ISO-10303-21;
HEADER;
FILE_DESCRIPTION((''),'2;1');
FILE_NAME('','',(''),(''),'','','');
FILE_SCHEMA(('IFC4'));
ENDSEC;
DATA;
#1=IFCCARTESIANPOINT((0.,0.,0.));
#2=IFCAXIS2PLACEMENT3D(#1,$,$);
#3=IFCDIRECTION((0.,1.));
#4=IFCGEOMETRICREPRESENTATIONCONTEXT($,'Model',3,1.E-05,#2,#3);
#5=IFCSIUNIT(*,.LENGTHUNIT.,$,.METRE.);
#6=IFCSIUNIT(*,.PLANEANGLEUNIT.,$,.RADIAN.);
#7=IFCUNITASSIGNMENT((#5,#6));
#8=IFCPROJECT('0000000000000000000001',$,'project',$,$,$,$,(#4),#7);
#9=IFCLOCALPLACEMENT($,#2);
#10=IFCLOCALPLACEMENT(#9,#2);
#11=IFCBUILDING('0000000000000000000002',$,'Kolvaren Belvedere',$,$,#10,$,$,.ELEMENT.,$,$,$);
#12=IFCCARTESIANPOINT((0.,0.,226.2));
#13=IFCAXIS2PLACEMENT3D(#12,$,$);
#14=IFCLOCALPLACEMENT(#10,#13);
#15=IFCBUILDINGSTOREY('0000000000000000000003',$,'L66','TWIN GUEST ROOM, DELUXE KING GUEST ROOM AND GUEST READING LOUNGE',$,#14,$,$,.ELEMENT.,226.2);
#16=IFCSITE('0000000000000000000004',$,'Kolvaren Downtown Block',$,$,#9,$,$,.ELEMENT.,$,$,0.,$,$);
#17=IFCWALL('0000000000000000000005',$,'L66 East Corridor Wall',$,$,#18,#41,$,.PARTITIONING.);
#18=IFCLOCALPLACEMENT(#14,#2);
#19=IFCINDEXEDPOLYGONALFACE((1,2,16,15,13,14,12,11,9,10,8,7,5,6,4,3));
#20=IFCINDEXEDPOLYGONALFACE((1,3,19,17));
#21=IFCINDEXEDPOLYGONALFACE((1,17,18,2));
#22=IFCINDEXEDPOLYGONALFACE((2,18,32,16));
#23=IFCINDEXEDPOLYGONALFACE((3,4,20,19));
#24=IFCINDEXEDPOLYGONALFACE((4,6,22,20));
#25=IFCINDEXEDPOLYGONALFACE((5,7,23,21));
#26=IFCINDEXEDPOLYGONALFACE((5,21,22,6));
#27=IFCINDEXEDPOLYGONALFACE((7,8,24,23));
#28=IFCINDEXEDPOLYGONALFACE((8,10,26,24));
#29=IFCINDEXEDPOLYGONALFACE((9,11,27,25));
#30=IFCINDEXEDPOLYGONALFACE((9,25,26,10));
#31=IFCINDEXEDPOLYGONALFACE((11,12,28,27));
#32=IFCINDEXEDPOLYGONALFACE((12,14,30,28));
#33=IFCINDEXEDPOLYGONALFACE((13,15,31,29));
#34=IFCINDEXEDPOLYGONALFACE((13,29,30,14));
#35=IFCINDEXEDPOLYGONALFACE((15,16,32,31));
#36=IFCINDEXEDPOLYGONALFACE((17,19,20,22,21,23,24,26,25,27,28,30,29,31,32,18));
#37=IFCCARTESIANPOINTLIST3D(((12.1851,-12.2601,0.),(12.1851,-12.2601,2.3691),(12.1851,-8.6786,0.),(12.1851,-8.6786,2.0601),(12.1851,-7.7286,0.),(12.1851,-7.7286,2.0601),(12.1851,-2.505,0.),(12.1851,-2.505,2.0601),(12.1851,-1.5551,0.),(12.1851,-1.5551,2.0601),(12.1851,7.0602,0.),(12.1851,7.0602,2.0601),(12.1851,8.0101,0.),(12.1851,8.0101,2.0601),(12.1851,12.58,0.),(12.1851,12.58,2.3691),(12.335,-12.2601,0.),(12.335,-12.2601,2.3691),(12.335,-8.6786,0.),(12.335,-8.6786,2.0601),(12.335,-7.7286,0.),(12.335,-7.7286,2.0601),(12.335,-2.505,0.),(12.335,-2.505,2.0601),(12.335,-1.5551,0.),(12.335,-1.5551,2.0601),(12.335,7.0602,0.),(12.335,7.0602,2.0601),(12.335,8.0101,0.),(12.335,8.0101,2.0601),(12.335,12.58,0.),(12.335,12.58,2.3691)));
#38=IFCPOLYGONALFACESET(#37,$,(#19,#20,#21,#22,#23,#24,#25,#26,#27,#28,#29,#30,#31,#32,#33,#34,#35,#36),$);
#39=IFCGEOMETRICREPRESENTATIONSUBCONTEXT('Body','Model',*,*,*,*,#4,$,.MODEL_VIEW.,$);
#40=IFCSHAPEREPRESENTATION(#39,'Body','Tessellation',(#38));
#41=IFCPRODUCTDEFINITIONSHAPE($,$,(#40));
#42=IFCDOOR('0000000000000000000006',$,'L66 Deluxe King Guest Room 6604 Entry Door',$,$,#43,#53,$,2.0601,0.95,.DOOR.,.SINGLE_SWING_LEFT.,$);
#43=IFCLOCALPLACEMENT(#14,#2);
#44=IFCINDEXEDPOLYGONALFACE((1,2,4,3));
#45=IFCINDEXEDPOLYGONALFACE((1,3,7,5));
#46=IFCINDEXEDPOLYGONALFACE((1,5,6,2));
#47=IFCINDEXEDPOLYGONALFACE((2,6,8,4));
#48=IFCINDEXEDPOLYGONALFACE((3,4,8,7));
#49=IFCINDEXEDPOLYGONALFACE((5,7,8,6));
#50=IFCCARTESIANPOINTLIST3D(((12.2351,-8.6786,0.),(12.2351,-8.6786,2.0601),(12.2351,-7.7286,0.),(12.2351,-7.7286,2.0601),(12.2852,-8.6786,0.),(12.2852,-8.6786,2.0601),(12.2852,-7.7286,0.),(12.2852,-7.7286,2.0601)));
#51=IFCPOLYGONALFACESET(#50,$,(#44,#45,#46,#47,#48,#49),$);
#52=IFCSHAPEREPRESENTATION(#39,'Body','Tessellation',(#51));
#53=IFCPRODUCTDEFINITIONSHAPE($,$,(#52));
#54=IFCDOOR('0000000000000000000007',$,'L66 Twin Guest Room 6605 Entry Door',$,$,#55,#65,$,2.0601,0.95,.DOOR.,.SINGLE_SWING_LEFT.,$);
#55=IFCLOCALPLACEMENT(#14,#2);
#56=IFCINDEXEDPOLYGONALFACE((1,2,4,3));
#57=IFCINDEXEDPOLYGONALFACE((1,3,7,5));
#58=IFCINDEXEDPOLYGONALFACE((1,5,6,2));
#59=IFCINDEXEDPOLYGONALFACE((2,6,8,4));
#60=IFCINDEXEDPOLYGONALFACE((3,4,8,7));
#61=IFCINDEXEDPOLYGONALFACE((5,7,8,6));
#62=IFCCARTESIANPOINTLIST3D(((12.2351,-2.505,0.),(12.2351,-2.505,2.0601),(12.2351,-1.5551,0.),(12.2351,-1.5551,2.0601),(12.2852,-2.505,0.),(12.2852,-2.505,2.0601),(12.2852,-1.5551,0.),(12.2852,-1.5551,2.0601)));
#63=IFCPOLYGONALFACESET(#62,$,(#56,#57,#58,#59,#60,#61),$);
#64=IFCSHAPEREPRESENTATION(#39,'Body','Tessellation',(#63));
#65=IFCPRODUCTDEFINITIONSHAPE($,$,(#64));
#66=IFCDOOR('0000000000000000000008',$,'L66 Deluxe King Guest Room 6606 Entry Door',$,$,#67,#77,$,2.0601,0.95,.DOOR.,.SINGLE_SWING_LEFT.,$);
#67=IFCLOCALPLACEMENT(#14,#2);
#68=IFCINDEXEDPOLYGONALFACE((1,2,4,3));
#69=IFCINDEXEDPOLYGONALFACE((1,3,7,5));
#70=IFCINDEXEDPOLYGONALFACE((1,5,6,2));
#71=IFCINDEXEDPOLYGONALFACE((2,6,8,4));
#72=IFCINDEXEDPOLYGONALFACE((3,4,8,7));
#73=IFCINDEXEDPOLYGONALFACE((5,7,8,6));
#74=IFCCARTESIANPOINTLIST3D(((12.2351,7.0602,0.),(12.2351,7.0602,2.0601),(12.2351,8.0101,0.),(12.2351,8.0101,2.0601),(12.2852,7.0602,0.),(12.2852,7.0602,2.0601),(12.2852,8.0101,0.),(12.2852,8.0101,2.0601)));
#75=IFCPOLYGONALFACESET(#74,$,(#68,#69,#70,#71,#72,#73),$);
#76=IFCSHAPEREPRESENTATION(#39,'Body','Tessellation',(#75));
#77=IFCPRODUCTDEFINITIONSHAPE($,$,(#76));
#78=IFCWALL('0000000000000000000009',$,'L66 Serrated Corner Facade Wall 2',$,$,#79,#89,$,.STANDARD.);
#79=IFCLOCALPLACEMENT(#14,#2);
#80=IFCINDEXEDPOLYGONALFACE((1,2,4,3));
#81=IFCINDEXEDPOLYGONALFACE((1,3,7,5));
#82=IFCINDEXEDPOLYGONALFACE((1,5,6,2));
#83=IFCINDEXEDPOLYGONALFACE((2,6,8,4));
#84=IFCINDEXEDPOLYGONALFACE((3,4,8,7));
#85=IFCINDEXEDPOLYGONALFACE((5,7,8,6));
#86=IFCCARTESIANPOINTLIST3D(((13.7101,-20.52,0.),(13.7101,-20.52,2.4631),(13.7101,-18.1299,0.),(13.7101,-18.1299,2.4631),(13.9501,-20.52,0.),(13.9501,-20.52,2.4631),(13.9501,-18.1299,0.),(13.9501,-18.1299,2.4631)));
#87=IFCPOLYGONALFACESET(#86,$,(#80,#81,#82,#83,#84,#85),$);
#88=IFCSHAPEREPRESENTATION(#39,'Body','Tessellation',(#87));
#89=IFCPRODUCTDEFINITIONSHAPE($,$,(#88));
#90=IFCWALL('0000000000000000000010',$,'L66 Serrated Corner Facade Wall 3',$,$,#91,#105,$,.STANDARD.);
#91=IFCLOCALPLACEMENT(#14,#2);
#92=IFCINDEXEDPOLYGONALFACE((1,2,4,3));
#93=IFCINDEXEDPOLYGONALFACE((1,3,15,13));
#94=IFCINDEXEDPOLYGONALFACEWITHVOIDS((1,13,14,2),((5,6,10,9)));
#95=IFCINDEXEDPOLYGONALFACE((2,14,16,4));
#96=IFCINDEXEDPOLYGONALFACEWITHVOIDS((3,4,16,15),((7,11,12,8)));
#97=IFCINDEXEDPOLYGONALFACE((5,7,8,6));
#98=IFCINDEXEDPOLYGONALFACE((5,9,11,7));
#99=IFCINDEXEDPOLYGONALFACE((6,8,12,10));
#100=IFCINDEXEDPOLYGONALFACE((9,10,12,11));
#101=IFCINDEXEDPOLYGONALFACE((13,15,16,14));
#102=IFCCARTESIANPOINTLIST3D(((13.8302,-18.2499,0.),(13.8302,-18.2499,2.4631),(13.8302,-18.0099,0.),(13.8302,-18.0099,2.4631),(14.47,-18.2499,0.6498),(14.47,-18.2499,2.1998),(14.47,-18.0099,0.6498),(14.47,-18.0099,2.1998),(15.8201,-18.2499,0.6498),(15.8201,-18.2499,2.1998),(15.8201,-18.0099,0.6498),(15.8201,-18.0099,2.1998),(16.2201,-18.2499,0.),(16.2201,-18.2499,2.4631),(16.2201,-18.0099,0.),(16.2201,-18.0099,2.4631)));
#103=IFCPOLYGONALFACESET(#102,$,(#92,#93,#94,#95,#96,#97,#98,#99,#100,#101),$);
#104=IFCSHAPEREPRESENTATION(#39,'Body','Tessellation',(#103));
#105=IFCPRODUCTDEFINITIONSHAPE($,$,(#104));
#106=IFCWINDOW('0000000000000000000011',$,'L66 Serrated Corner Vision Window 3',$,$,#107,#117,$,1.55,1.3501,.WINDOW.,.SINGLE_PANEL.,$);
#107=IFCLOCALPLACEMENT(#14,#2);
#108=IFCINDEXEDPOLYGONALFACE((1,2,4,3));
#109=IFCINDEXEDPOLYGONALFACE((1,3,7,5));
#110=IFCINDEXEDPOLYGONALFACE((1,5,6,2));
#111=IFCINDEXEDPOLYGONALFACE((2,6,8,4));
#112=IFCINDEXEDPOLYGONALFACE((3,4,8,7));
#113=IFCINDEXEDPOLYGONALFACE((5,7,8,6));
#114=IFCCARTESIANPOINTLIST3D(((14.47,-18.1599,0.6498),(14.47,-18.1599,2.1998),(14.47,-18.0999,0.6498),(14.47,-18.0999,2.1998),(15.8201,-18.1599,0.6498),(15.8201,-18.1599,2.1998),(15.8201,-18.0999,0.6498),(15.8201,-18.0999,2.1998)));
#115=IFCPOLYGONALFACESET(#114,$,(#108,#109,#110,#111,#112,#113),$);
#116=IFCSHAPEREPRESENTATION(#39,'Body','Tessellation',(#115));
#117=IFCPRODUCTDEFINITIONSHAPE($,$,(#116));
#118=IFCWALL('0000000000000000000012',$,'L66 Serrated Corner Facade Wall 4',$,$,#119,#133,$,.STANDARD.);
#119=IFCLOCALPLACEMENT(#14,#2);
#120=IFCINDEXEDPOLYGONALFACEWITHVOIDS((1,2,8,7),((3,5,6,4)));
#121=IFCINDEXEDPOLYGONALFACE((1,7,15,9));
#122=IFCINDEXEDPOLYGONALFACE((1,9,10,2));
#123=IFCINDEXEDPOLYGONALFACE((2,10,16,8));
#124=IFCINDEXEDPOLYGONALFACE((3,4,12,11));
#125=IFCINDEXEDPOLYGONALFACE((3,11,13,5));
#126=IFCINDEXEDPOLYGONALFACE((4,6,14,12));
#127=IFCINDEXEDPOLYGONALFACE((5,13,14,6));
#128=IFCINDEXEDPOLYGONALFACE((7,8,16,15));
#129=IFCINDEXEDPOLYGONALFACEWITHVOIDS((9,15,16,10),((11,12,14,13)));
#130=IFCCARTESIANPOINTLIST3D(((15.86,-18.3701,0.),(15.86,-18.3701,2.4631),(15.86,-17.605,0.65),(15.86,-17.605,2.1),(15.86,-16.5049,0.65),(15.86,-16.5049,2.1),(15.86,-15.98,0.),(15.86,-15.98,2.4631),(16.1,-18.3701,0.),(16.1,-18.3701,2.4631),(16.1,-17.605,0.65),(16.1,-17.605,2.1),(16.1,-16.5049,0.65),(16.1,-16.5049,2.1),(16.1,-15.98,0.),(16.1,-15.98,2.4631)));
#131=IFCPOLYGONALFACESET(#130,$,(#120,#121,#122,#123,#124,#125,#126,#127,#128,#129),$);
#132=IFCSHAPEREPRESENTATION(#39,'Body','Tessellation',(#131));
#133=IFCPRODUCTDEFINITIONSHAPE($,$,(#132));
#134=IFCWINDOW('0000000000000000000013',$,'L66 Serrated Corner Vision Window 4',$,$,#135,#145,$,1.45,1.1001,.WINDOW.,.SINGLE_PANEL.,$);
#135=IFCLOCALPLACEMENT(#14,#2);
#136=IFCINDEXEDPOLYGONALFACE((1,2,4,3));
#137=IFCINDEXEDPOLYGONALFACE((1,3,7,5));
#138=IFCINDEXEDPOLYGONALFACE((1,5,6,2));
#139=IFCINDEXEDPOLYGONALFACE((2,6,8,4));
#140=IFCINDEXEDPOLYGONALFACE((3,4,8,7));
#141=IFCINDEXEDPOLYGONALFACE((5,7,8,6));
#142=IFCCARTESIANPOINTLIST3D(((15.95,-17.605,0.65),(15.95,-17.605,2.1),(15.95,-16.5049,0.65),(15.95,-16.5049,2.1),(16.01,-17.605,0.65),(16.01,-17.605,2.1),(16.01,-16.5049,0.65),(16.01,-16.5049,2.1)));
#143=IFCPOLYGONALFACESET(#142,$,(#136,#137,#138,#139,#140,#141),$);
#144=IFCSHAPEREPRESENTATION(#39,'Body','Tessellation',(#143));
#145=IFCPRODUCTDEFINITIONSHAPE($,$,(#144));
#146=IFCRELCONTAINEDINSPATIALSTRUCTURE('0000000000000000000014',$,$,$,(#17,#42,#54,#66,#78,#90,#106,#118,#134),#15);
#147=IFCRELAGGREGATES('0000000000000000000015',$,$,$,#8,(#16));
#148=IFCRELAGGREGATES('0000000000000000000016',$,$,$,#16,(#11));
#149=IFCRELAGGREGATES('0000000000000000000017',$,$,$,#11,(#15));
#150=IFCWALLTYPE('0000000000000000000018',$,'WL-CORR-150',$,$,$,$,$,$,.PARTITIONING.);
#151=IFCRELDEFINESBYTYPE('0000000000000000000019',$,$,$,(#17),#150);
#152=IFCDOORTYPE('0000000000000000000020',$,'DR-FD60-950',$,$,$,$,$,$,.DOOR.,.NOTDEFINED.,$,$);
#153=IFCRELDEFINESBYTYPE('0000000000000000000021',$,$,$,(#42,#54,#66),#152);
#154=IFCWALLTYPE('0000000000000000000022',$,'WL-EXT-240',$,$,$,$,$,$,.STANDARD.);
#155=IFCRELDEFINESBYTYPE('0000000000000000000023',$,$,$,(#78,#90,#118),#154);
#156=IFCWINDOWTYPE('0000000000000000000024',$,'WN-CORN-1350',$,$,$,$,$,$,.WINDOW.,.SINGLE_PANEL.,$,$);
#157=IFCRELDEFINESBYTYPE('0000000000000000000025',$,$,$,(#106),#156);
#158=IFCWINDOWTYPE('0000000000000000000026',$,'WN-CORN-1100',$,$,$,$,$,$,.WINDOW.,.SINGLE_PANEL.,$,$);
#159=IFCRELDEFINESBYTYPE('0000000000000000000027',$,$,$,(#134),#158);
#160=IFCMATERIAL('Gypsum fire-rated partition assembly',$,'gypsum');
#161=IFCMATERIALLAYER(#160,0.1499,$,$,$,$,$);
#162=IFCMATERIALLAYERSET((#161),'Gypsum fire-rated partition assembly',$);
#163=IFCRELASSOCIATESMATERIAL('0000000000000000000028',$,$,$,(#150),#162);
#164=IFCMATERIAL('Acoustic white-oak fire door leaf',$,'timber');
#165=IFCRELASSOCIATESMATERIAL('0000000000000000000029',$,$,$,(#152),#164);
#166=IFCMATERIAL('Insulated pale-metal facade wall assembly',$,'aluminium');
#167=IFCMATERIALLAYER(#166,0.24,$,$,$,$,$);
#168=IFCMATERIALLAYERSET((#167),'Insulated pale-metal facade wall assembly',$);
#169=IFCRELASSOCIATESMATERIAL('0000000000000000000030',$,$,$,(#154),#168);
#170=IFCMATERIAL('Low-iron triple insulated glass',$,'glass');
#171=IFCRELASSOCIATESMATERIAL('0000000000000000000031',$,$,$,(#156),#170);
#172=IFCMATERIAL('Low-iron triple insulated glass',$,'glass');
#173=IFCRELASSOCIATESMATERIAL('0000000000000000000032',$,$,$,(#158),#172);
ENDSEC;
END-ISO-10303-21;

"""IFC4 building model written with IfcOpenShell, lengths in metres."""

from ifc_helpers import new_model, si_unit, direction, frame, frame_2d, origin, place, context, subcontext, project, spatial, rectangle, extrude, material, layer, layer_set, type_object, element, fill, save


model = new_model("IFC4")

# Units and contexts
model_context = context("Model", 3, precision=1e-05, world=origin(), true_north=direction((0.0, 1.0)))
body_context = subcontext(model_context, "Body", "Model", "MODEL_VIEW")
ifc_project = project(units=[si_unit("LENGTHUNIT", "METRE"), si_unit("PLANEANGLEUNIT", "RADIAN")], contexts=[model_context])

# Site, building, storey
site_placement = place(None, origin())
site = spatial("IfcSite", under=ifc_project, at=site_placement, Name="Kolvaren Downtown Block", CompositionType="ELEMENT", RefElevation=0.0)
building_placement = place(site_placement, origin())
building = spatial("IfcBuilding", under=site, at=building_placement, Name="Kolvaren Belvedere", CompositionType="ELEMENT")
storey_placement = place(building_placement, frame((0.0, 0.0, 226.2)))
storey = spatial("IfcBuildingStorey", under=building, at=storey_placement, Name="L66", Description="TWIN GUEST ROOM, DELUXE KING GUEST ROOM AND GUEST READING LOUNGE", CompositionType="ELEMENT", Elevation=226.2)

# Wall, openings, doors
ifc_material_1 = material(Name="Gypsum fire-rated partition assembly", Category="gypsum")
ifc_layer_1 = layer(ifc_material_1, 0.1499)
ifc_layer_set_1 = layer_set([ifc_layer_1], Name="Gypsum fire-rated partition assembly")
wall_type_1 = type_object("IfcWallType", Name="WL-CORR-150", PredefinedType="PARTITIONING", material=ifc_layer_set_1)
wall_1_placement = place(storey_placement, frame((12.26, -12.26, 0.0), z_axis=(0.0, 0.0, 1.0), x_axis=(0.0, 1.0, 0.0)))
wall_1 = element("IfcWall", 1, at=wall_1_placement, inside=storey, type_object=wall_type_1, Name="L66 East Corridor Wall", PredefinedType="PARTITIONING", context=body_context, shape_type="SweptSolid", body=[
    extrude(rectangle(XDim=24.8401, YDim=0.1499, at=frame_2d((12.4199, 0.0))), origin(), (0.0, 0.0, 1.0), 2.3691),
])
opening_1_placement = place(wall_1_placement, frame((3.5813, 0.0, 0.0)))
opening_1 = element("IfcOpeningElement", 2, at=opening_1_placement, cuts=wall_1, PredefinedType="OPENING", context=body_context, shape_type="SweptSolid", body=[
    extrude(rectangle(XDim=0.95, YDim=2.0601, at=frame_2d((0.4751, 1.03))), frame((0.0, 0.085, 0.0), z_axis=(0.0, -1.0, 0.0), x_axis=(1.0, 0.0, 0.0)), (0.0, 0.0, 1.0), 0.1699),
])
opening_2_placement = place(wall_1_placement, frame((9.7549, 0.0, 0.0)))
opening_2 = element("IfcOpeningElement", 3, at=opening_2_placement, cuts=wall_1, PredefinedType="OPENING", context=body_context, shape_type="SweptSolid", body=[
    extrude(rectangle(XDim=0.95, YDim=2.0601, at=frame_2d((0.4751, 1.03))), frame((0.0, 0.085, 0.0), z_axis=(0.0, -1.0, 0.0), x_axis=(1.0, 0.0, 0.0)), (0.0, 0.0, 1.0), 0.1699),
])
opening_3_placement = place(wall_1_placement, frame((19.3201, 0.0, 0.0)))
opening_3 = element("IfcOpeningElement", 4, at=opening_3_placement, cuts=wall_1, PredefinedType="OPENING", context=body_context, shape_type="SweptSolid", body=[
    extrude(rectangle(XDim=0.95, YDim=2.0601, at=frame_2d((0.4751, 1.03))), frame((0.0, 0.085, 0.0), z_axis=(0.0, -1.0, 0.0), x_axis=(1.0, 0.0, 0.0)), (0.0, 0.0, 1.0), 0.1699),
])
ifc_material_2 = material(Name="Acoustic white-oak fire door leaf", Category="timber")
door_type = type_object("IfcDoorType", Name="DR-FD60-950", OperationType="NOTDEFINED", PredefinedType="DOOR", material=ifc_material_2)
door_1_placement = place(opening_1_placement, origin())
door_1 = element("IfcDoor", 5, at=door_1_placement, inside=storey, type_object=door_type, Name="L66 Deluxe King Guest Room 6604 Entry Door", OperationType="SINGLE_SWING_LEFT", OverallHeight=2.0601, OverallWidth=0.95, PredefinedType="DOOR", context=body_context, shape_type="SweptSolid", body=[
    extrude(rectangle(XDim=0.95, YDim=2.0601, at=frame_2d((0.4751, 1.03))), frame((0.0, 0.0249, 0.0), z_axis=(0.0, -1.0, 0.0), x_axis=(1.0, 0.0, 0.0)), (0.0, 0.0, 1.0), 0.05),
])
fill(opening_1, door_1)
door_2_placement = place(opening_2_placement, origin())
door_2 = element("IfcDoor", 6, at=door_2_placement, inside=storey, type_object=door_type, Name="L66 Twin Guest Room 6605 Entry Door", OperationType="SINGLE_SWING_LEFT", OverallHeight=2.0601, OverallWidth=0.95, PredefinedType="DOOR", context=body_context, shape_type="SweptSolid", body=[
    extrude(rectangle(XDim=0.95, YDim=2.0601, at=frame_2d((0.4751, 1.03))), frame((0.0, 0.0249, 0.0), z_axis=(0.0, -1.0, 0.0), x_axis=(1.0, 0.0, 0.0)), (0.0, 0.0, 1.0), 0.05),
])
fill(opening_2, door_2)
door_3_placement = place(opening_3_placement, origin())
door_3 = element("IfcDoor", 7, at=door_3_placement, inside=storey, type_object=door_type, Name="L66 Deluxe King Guest Room 6606 Entry Door", OperationType="SINGLE_SWING_LEFT", OverallHeight=2.0601, OverallWidth=0.95, PredefinedType="DOOR", context=body_context, shape_type="SweptSolid", body=[
    extrude(rectangle(XDim=0.95, YDim=2.0601, at=frame_2d((0.4751, 1.03))), frame((0.0, 0.0249, 0.0), z_axis=(0.0, -1.0, 0.0), x_axis=(1.0, 0.0, 0.0)), (0.0, 0.0, 1.0), 0.05),
])
fill(opening_3, door_3)

# Wall
ifc_material_3 = material(Name="Insulated pale-metal facade wall assembly", Category="aluminium")
ifc_layer_2 = layer(ifc_material_3, 0.24)
ifc_layer_set_2 = layer_set([ifc_layer_2], Name="Insulated pale-metal facade wall assembly")
wall_type_2 = type_object("IfcWallType", Name="WL-EXT-240", PredefinedType="STANDARD", material=ifc_layer_set_2)
wall_2_placement = place(storey_placement, frame((13.8301, -18.1299, 0.0), z_axis=(0.0, 0.0, 1.0), x_axis=(0.0, -1.0, 0.0)))
element("IfcWall", 8, at=wall_2_placement, inside=storey, type_object=wall_type_2, Name="L66 Serrated Corner Facade Wall 2", PredefinedType="STANDARD", context=body_context, shape_type="SweptSolid", body=[
    extrude(rectangle(XDim=2.3901, YDim=0.24, at=frame_2d((1.1951, 0.0))), origin(), (0.0, 0.0, 1.0), 2.4631),
])

# Walls, openings, windows
wall_3_placement = place(storey_placement, frame((16.22, -18.1299, 0.0), z_axis=(0.0, 0.0, 1.0), x_axis=(-1.0, 0.0, 0.0)))
wall_3 = element("IfcWall", 9, at=wall_3_placement, inside=storey, type_object=wall_type_2, Name="L66 Serrated Corner Facade Wall 3", PredefinedType="STANDARD", context=body_context, shape_type="SweptSolid", body=[
    extrude(rectangle(XDim=2.3899, YDim=0.24, at=frame_2d((1.1948, 0.0))), origin(), (0.0, 0.0, 1.0), 2.4631),
])
opening_4_placement = place(wall_3_placement, frame((0.3999, 0.0, 0.6499)))
opening_4 = element("IfcOpeningElement", 10, at=opening_4_placement, cuts=wall_3, PredefinedType="OPENING", context=body_context, shape_type="SweptSolid", body=[
    extrude(rectangle(XDim=1.3501, YDim=1.55, at=frame_2d((0.675, 0.7749))), frame((0.0, 0.1299, 0.0), z_axis=(0.0, -1.0, 0.0), x_axis=(1.0, 0.0, 0.0)), (0.0, 0.0, 1.0), 0.26),
])
ifc_material_4 = material(Name="Low-iron triple insulated glass", Category="glass")
window_type_1 = type_object("IfcWindowType", Name="WN-CORN-1350", PartitioningType="SINGLE_PANEL", PredefinedType="WINDOW", material=ifc_material_4)
window_1_placement = place(opening_4_placement, origin())
window_1 = element("IfcWindow", 11, at=window_1_placement, inside=storey, type_object=window_type_1, Name="L66 Serrated Corner Vision Window 3", OverallHeight=1.55, OverallWidth=1.3501, PartitioningType="SINGLE_PANEL", PredefinedType="WINDOW", context=body_context, shape_type="SweptSolid", body=[
    extrude(rectangle(XDim=1.3501, YDim=1.55, at=frame_2d((0.675, 0.7749))), frame((0.0, 0.03, 0.0), z_axis=(0.0, -1.0, 0.0), x_axis=(1.0, 0.0, 0.0)), (0.0, 0.0, 1.0), 0.0601),
])
fill(opening_4, window_1)
wall_4_placement = place(storey_placement, frame((15.98, -15.98, 0.0), z_axis=(0.0, 0.0, 1.0), x_axis=(0.0, -1.0, 0.0)))
wall_4 = element("IfcWall", 12, at=wall_4_placement, inside=storey, type_object=wall_type_2, Name="L66 Serrated Corner Facade Wall 4", PredefinedType="STANDARD", context=body_context, shape_type="SweptSolid", body=[
    extrude(rectangle(XDim=2.3901, YDim=0.24, at=frame_2d((1.1951, 0.0))), origin(), (0.0, 0.0, 1.0), 2.4631),
])
opening_5_placement = place(wall_4_placement, frame((0.5249, 0.0, 0.6499)))
opening_5 = element("IfcOpeningElement", 13, at=opening_5_placement, cuts=wall_4, PredefinedType="OPENING", context=body_context, shape_type="SweptSolid", body=[
    extrude(rectangle(XDim=1.1001, YDim=1.45, at=frame_2d((0.55, 0.7251))), frame((0.0, 0.1299, 0.0), z_axis=(0.0, -1.0, 0.0), x_axis=(1.0, 0.0, 0.0)), (0.0, 0.0, 1.0), 0.26),
])
ifc_material_5 = material(Name="Low-iron triple insulated glass", Category="glass")
window_type_2 = type_object("IfcWindowType", Name="WN-CORN-1100", PartitioningType="SINGLE_PANEL", PredefinedType="WINDOW", material=ifc_material_5)
window_2_placement = place(opening_5_placement, origin())
window_2 = element("IfcWindow", 14, at=window_2_placement, inside=storey, type_object=window_type_2, Name="L66 Serrated Corner Vision Window 4", OverallHeight=1.45, OverallWidth=1.1001, PartitioningType="SINGLE_PANEL", PredefinedType="WINDOW", context=body_context, shape_type="SweptSolid", body=[
    extrude(rectangle(XDim=1.1001, YDim=1.45, at=frame_2d((0.55, 0.7251))), frame((0.0, 0.03, 0.0), z_axis=(0.0, -1.0, 0.0), x_axis=(1.0, 0.0, 0.0)), (0.0, 0.0, 1.0), 0.0601),
])
fill(opening_5, window_2)

save(model, "model.ifc")
